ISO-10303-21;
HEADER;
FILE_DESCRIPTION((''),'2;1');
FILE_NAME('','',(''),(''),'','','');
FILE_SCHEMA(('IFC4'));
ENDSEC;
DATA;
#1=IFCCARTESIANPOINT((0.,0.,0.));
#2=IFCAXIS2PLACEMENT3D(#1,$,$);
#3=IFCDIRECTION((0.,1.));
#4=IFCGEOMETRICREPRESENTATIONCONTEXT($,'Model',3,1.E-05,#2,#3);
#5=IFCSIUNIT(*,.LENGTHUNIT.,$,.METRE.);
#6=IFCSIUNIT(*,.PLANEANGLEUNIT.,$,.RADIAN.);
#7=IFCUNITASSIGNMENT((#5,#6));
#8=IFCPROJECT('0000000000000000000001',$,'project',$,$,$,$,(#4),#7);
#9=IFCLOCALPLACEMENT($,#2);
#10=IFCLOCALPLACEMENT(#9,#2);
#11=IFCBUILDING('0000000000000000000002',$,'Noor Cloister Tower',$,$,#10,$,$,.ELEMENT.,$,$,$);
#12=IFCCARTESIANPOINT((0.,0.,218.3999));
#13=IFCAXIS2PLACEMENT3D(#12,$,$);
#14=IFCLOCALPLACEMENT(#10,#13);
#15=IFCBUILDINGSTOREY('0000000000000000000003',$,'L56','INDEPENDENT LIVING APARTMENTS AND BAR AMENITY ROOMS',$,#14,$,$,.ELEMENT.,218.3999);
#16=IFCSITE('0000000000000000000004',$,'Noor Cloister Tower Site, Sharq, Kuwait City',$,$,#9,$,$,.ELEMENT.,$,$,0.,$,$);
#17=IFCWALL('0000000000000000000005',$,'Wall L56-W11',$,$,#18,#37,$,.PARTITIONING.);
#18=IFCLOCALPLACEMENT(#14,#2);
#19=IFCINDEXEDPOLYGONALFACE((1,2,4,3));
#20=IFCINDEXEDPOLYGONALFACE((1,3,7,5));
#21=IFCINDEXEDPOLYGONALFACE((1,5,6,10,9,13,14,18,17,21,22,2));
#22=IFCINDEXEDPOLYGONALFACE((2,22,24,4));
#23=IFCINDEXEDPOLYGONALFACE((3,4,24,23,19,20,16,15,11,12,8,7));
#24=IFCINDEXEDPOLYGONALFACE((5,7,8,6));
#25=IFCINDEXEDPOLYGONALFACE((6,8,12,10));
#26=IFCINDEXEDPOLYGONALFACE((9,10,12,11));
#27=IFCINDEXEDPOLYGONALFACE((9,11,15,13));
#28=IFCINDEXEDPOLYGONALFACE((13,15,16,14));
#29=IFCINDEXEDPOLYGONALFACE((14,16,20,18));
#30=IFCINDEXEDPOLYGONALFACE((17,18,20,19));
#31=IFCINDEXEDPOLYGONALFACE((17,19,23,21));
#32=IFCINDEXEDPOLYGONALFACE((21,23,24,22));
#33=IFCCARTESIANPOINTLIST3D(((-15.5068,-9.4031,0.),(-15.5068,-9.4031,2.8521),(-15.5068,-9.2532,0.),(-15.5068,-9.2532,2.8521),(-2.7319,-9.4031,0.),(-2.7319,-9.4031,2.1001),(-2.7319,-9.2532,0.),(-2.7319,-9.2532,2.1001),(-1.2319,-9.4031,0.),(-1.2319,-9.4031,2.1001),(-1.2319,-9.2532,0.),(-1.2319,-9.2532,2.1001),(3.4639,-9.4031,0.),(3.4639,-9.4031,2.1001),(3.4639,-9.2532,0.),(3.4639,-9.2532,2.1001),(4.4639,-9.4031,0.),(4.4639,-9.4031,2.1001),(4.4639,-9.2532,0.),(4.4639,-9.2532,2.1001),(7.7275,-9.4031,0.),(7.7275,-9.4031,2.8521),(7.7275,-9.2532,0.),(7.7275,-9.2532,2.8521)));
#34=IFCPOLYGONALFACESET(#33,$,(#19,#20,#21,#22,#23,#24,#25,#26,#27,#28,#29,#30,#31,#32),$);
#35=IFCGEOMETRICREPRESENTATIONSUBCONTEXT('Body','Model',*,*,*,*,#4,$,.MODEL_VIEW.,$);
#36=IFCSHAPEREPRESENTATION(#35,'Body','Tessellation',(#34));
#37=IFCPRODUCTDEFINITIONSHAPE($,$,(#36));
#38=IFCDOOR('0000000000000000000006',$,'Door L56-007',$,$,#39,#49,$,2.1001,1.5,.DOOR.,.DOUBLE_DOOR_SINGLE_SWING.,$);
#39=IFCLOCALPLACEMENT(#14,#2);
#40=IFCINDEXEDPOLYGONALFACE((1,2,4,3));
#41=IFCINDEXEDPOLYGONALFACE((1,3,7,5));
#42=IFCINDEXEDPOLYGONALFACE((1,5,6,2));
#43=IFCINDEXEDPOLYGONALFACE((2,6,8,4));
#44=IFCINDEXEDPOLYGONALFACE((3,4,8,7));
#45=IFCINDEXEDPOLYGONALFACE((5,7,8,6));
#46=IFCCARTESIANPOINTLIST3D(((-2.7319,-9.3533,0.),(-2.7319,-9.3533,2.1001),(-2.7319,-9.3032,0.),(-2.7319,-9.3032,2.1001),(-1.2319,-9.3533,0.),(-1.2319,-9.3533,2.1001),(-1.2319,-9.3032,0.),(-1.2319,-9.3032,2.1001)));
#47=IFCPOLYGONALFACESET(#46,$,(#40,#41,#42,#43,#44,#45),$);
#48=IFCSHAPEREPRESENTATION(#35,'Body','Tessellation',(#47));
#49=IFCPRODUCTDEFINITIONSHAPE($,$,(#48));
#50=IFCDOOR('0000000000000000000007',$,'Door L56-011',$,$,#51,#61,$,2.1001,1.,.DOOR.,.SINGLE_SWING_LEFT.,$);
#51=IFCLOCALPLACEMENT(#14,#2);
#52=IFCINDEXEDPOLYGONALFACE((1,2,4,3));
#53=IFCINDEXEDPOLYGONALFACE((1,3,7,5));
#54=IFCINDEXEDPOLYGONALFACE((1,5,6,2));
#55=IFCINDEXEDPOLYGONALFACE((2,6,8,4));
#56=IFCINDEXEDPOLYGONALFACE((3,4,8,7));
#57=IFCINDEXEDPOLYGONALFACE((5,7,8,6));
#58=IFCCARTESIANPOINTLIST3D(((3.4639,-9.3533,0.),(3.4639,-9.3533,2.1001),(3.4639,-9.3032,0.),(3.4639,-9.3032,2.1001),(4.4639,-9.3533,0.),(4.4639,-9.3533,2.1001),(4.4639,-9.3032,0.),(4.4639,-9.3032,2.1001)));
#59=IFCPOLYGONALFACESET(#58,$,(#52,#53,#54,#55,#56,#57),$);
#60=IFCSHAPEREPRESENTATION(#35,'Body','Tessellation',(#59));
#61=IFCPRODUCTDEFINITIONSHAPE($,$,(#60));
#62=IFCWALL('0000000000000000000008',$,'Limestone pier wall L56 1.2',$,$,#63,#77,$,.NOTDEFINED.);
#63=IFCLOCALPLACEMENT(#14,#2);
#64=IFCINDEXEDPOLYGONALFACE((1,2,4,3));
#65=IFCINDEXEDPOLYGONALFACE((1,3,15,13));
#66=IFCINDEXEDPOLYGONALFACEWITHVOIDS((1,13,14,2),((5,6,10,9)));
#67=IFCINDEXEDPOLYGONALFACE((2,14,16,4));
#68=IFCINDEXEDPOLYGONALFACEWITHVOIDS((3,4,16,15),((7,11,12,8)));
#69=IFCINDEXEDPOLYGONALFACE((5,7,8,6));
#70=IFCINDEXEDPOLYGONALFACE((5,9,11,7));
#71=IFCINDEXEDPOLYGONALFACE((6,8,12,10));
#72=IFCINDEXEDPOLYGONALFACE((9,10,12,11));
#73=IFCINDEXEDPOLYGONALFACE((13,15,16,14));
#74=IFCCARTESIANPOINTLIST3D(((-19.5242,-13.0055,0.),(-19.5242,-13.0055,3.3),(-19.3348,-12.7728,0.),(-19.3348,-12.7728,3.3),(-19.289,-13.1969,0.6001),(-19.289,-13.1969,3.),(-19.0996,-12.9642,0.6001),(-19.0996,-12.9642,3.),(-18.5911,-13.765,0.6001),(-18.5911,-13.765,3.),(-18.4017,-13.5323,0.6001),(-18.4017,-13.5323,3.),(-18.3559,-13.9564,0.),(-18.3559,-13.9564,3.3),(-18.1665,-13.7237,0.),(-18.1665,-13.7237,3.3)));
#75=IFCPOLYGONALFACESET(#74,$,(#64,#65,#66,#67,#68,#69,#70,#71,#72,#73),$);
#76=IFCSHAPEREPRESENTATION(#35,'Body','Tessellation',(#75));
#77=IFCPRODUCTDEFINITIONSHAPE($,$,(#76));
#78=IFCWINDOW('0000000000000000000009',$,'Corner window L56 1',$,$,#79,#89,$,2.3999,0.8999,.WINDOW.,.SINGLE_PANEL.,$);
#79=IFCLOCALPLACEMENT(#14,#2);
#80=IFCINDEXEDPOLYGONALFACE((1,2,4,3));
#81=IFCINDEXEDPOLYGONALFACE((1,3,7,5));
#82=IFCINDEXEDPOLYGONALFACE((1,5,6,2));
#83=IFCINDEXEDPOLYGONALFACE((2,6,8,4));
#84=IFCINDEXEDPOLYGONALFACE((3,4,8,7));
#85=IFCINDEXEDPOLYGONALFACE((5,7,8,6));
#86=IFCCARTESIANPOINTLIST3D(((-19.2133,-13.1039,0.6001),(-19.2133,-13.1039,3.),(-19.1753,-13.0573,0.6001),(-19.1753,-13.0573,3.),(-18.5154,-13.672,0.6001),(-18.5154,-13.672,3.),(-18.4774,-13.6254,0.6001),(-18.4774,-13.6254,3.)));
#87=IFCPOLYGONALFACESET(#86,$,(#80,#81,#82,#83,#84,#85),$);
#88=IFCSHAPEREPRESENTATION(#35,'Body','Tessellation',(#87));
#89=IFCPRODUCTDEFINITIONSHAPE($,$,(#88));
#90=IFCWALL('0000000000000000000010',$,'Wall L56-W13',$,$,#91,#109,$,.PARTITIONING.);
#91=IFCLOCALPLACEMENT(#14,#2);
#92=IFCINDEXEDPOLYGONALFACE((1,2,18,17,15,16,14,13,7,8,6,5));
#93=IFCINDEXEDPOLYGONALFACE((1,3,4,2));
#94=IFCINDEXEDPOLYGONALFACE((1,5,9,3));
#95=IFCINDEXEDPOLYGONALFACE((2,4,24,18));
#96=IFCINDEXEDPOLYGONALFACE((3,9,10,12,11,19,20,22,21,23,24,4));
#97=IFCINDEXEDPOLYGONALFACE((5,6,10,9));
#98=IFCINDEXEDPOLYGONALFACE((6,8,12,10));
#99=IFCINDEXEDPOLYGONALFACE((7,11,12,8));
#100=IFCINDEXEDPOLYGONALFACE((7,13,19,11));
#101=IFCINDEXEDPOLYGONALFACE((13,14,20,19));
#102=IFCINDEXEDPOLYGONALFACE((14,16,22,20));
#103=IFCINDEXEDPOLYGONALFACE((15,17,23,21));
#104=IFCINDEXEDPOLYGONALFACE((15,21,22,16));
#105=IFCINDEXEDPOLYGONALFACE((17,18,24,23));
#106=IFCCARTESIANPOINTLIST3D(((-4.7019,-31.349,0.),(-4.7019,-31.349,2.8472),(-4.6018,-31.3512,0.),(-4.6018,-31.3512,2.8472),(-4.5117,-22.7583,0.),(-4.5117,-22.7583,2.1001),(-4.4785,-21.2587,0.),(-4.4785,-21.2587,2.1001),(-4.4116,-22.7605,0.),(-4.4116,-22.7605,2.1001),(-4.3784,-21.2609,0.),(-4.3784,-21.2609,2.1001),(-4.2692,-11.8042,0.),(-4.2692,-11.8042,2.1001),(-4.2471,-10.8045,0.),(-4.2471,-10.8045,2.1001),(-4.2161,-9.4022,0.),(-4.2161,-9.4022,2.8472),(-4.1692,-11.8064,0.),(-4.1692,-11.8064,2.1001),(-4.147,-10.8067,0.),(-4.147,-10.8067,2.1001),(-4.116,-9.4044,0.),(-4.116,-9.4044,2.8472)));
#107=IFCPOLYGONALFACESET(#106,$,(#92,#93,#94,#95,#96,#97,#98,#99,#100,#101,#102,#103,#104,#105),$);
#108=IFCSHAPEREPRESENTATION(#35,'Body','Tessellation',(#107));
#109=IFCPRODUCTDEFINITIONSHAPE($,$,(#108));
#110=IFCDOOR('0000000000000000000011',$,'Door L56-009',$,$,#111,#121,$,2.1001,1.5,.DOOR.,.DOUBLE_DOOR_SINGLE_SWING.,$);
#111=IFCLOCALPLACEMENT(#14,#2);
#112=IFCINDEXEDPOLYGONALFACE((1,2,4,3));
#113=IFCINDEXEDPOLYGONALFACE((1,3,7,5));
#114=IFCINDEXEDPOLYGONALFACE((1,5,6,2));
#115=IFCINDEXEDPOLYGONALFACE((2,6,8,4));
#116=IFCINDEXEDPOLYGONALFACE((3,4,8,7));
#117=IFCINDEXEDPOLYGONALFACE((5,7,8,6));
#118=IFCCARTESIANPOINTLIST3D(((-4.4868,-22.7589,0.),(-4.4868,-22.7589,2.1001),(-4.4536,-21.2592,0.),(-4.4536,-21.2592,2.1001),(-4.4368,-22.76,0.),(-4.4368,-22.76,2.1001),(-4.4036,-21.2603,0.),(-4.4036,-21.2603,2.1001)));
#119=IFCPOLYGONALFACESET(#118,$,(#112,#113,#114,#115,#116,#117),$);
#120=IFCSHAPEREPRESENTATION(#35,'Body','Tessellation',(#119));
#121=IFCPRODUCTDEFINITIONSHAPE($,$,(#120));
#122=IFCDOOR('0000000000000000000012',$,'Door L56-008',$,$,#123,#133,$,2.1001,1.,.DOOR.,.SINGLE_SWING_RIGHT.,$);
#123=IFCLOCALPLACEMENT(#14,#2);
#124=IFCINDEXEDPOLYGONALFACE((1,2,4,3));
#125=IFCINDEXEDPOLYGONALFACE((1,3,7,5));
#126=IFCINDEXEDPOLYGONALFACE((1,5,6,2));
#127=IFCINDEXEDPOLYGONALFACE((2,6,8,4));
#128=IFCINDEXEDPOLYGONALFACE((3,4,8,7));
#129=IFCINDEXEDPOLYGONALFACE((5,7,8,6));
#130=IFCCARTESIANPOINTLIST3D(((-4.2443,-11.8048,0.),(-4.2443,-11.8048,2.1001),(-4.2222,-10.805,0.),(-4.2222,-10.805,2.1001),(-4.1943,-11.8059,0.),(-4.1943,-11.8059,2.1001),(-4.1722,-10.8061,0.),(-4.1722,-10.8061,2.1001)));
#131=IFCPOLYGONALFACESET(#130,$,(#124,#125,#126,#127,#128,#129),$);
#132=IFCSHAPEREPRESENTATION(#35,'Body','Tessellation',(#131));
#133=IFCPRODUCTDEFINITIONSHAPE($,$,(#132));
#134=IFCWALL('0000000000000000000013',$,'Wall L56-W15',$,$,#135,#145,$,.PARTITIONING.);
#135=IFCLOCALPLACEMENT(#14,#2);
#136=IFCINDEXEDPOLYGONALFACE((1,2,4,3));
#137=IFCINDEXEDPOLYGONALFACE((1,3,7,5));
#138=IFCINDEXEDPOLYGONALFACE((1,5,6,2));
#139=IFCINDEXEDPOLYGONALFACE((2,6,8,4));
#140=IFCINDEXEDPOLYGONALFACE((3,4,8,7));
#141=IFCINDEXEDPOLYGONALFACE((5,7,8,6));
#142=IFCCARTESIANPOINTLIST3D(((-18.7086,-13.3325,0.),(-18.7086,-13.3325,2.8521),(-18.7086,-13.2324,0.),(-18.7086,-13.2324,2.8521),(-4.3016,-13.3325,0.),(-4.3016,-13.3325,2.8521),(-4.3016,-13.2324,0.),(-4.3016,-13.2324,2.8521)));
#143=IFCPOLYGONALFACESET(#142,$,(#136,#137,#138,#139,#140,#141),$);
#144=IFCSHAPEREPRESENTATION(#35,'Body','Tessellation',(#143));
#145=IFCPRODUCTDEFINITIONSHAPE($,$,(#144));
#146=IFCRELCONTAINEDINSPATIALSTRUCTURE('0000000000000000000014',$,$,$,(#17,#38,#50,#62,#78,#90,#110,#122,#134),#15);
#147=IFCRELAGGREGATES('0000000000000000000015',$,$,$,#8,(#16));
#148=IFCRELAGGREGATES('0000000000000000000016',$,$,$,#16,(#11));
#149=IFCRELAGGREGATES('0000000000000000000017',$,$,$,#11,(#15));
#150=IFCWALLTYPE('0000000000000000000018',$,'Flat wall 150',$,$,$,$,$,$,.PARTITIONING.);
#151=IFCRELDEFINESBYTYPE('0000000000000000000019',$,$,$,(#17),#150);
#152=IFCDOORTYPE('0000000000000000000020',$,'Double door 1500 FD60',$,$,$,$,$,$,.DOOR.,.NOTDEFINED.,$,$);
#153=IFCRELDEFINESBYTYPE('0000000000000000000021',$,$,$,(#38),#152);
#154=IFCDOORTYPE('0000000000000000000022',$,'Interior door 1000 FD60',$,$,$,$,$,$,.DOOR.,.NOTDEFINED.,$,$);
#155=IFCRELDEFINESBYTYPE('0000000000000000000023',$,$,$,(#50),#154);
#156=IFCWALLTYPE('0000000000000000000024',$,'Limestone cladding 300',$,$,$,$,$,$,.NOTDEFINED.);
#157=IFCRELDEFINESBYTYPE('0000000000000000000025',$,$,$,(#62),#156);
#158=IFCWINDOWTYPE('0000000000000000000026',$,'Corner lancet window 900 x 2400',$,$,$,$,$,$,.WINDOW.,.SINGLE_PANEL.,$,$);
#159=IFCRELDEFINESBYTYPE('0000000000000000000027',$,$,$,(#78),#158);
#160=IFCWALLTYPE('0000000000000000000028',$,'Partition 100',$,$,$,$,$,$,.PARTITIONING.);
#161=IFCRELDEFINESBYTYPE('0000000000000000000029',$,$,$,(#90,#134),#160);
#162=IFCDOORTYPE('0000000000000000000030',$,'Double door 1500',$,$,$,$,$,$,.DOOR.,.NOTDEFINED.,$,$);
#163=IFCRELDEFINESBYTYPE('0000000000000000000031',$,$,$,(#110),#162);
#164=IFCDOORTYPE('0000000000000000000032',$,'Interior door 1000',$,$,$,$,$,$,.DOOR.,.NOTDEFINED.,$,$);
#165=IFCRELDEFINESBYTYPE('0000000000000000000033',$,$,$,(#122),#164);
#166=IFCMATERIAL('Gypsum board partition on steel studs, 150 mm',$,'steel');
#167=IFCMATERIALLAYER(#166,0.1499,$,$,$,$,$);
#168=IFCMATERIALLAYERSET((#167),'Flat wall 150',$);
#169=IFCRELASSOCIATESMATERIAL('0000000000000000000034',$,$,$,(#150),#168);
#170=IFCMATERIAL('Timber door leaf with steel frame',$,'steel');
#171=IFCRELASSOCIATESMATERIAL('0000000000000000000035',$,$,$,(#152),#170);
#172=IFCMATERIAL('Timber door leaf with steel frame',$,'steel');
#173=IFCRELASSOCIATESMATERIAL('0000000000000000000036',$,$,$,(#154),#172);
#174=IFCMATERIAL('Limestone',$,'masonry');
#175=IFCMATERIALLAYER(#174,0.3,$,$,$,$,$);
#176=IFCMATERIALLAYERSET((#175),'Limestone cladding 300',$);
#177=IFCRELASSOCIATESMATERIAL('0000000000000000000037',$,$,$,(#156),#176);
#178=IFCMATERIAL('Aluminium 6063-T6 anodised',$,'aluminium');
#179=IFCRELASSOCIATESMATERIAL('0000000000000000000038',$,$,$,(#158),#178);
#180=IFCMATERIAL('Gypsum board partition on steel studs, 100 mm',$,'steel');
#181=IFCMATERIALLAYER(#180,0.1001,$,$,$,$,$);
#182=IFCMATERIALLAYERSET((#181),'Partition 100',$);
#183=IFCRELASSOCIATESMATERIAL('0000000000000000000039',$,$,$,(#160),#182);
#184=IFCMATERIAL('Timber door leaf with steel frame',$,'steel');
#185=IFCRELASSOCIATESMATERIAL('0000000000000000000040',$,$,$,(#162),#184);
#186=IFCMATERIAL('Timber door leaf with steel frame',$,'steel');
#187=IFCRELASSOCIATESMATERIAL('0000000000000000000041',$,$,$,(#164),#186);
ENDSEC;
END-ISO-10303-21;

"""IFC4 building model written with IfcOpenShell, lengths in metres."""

from ifc_helpers import new_model, si_unit, direction, frame, frame_2d, origin, place, context, subcontext, project, spatial, rectangle, extrude, material, layer, layer_set, type_object, element, fill, save


model = new_model("IFC4")

# Units and contexts
model_context = context("Model", 3, precision=1e-05, world=origin(), true_north=direction((0.0, 1.0)))
body_context = subcontext(model_context, "Body", "Model", "MODEL_VIEW")
ifc_project = project(units=[si_unit("LENGTHUNIT", "METRE"), si_unit("PLANEANGLEUNIT", "RADIAN")], contexts=[model_context])

# Site, building, storey
site_placement = place(None, origin())
site = spatial("IfcSite", under=ifc_project, at=site_placement, Name="Noor Cloister Tower Site, Sharq, Kuwait City", CompositionType="ELEMENT", RefElevation=0.0)
building_placement = place(site_placement, origin())
building = spatial("IfcBuilding", under=site, at=building_placement, Name="Noor Cloister Tower", CompositionType="ELEMENT")
storey_placement = place(building_placement, frame((0.0, 0.0, 218.3999)))
storey = spatial("IfcBuildingStorey", under=building, at=storey_placement, Name="L56", Description="INDEPENDENT LIVING APARTMENTS AND BAR AMENITY ROOMS", CompositionType="ELEMENT", Elevation=218.3999)

# Wall, openings, doors
ifc_material_1 = material(Name="Gypsum board partition on steel studs, 150 mm", Category="steel")
ifc_layer_1 = layer(ifc_material_1, 0.1499)
ifc_layer_set_1 = layer_set([ifc_layer_1], Name="Flat wall 150")
wall_type_1 = type_object("IfcWallType", Name="Flat wall 150", PredefinedType="PARTITIONING", material=ifc_layer_set_1)
wall_1_placement = place(storey_placement, frame((-15.5068, -9.3281, 0.0), z_axis=(0.0, 0.0, 1.0), x_axis=(1.0, 0.0, 0.0)))
wall_1 = element("IfcWall", 1, at=wall_1_placement, inside=storey, type_object=wall_type_1, Name="Wall L56-W11", PredefinedType="PARTITIONING", context=body_context, shape_type="SweptSolid", body=[
    extrude(rectangle(XDim=23.2344, YDim=0.1499, at=frame_2d((11.6172, 0.0))), origin(), (0.0, 0.0, 1.0), 2.8521),
])
opening_1_placement = place(wall_1_placement, frame((12.7749, 0.0, 0.0)))
opening_1 = element("IfcOpeningElement", 2, at=opening_1_placement, cuts=wall_1, PredefinedType="OPENING", context=body_context, shape_type="SweptSolid", body=[
    extrude(rectangle(XDim=1.5, YDim=2.1001, at=frame_2d((0.75, 1.05))), frame((0.0, 0.085, 0.0), z_axis=(0.0, -1.0, 0.0), x_axis=(1.0, 0.0, 0.0)), (0.0, 0.0, 1.0), 0.1699),
])
opening_2_placement = place(wall_1_placement, frame((18.9707, 0.0, 0.0)))
opening_2 = element("IfcOpeningElement", 3, at=opening_2_placement, cuts=wall_1, PredefinedType="OPENING", context=body_context, shape_type="SweptSolid", body=[
    extrude(rectangle(XDim=1.0, YDim=2.1001, at=frame_2d((0.5, 1.05))), frame((0.0, 0.085, 0.0), z_axis=(0.0, -1.0, 0.0), x_axis=(1.0, 0.0, 0.0)), (0.0, 0.0, 1.0), 0.1699),
])
ifc_material_2 = material(Name="Timber door leaf with steel frame", Category="steel")
door_type_1 = type_object("IfcDoorType", Name="Double door 1500 FD60", OperationType="NOTDEFINED", PredefinedType="DOOR", material=ifc_material_2)
door_1_placement = place(opening_1_placement, origin())
door_1 = element("IfcDoor", 4, at=door_1_placement, inside=storey, type_object=door_type_1, Name="Door L56-007", OperationType="DOUBLE_DOOR_SINGLE_SWING", OverallHeight=2.1001, OverallWidth=1.5, PredefinedType="DOOR", context=body_context, shape_type="SweptSolid", body=[
    extrude(rectangle(XDim=1.5, YDim=2.1001, at=frame_2d((0.75, 1.05))), frame((0.0, 0.0249, 0.0), z_axis=(0.0, -1.0, 0.0), x_axis=(1.0, 0.0, 0.0)), (0.0, 0.0, 1.0), 0.05),
])
fill(opening_1, door_1)
ifc_material_3 = material(Name="Timber door leaf with steel frame", Category="steel")
door_type_2 = type_object("IfcDoorType", Name="Interior door 1000 FD60", OperationType="NOTDEFINED", PredefinedType="DOOR", material=ifc_material_3)
door_2_placement = place(opening_2_placement, origin())
door_2 = element("IfcDoor", 5, at=door_2_placement, inside=storey, type_object=door_type_2, Name="Door L56-011", OperationType="SINGLE_SWING_LEFT", OverallHeight=2.1001, OverallWidth=1.0, PredefinedType="DOOR", context=body_context, shape_type="SweptSolid", body=[
    extrude(rectangle(XDim=1.0, YDim=2.1001, at=frame_2d((0.5, 1.05))), frame((0.0, 0.0249, 0.0), z_axis=(0.0, -1.0, 0.0), x_axis=(1.0, 0.0, 0.0)), (0.0, 0.0, 1.0), 0.05),
])
fill(opening_2, door_2)

# Wall, opening, window
ifc_material_4 = material(Name="Limestone", Category="masonry")
ifc_layer_2 = layer(ifc_material_4, 0.3)
ifc_layer_set_2 = layer_set([ifc_layer_2], Name="Limestone cladding 300")
wall_type_2 = type_object("IfcWallType", Name="Limestone cladding 300", PredefinedType="NOTDEFINED", material=ifc_layer_set_2)
wall_2_placement = place(storey_placement, frame((-18.2612, -13.8401, 0.0), z_axis=(0.0, 0.0, 1.0), x_axis=(-0.775544, 0.631294, 0.0)))
wall_2 = element("IfcWall", 6, at=wall_2_placement, inside=storey, type_object=wall_type_2, Name="Limestone pier wall L56 1.2", PredefinedType="NOTDEFINED", context=body_context, shape_type="SweptSolid", body=[
    extrude(rectangle(XDim=1.5063, YDim=0.3, at=frame_2d((0.7532, 0.0))), origin(), (0.0, 0.0, 1.0), 3.3),
])
opening_3_placement = place(wall_2_placement, frame((0.3032, 0.0, 0.6001)))
opening_3 = element("IfcOpeningElement", 7, at=opening_3_placement, cuts=wall_2, PredefinedType="OPENING", context=body_context, shape_type="SweptSolid", body=[
    extrude(rectangle(XDim=0.8999, YDim=2.3999, at=frame_2d((0.45, 1.2))), frame((0.0, 0.1602, 0.0), z_axis=(0.0, -1.0, 0.0), x_axis=(1.0, 0.0, 0.0)), (0.0, 0.0, 1.0), 0.3201),
])
ifc_material_5 = material(Name="Aluminium 6063-T6 anodised", Category="aluminium")
window_type = type_object("IfcWindowType", Name="Corner lancet window 900 x 2400", PartitioningType="SINGLE_PANEL", PredefinedType="WINDOW", material=ifc_material_5)
window_placement = place(opening_3_placement, origin())
window = element("IfcWindow", 8, at=window_placement, inside=storey, type_object=window_type, Name="Corner window L56 1", OverallHeight=2.3999, OverallWidth=0.8999, PartitioningType="SINGLE_PANEL", PredefinedType="WINDOW", context=body_context, shape_type="SweptSolid", body=[
    extrude(rectangle(XDim=0.8999, YDim=2.3999, at=frame_2d((0.45, 1.2))), frame((0.0, 0.03, 0.0), z_axis=(0.0, -1.0, 0.0), x_axis=(1.0, 0.0, 0.0)), (0.0, 0.0, 1.0), 0.0601),
])
fill(opening_3, window)

# Wall, openings, doors
ifc_material_6 = material(Name="Gypsum board partition on steel studs, 100 mm", Category="steel")
ifc_layer_3 = layer(ifc_material_6, 0.1001)
ifc_layer_set_3 = layer_set([ifc_layer_3], Name="Partition 100")
wall_type_3 = type_object("IfcWallType", Name="Partition 100", PredefinedType="PARTITIONING", material=ifc_layer_set_3)
wall_3_placement = place(storey_placement, frame((-4.166, -9.4033, 0.0), z_axis=(0.0, 0.0, 1.0), x_axis=(-0.022132, -0.999755, 0.0)))
wall_3 = element("IfcWall", 9, at=wall_3_placement, inside=storey, type_object=wall_type_3, Name="Wall L56-W13", PredefinedType="PARTITIONING", context=body_context, shape_type="SweptSolid", body=[
    extrude(rectangle(XDim=21.9521, YDim=0.1001, at=frame_2d((10.9761, 0.0))), origin(), (0.0, 0.0, 1.0), 2.8472),
])
opening_4_placement = place(wall_3_placement, frame((1.4026, 0.0, 0.0)))
opening_4 = element("IfcOpeningElement", 10, at=opening_4_placement, cuts=wall_3, PredefinedType="OPENING", context=body_context, shape_type="SweptSolid", body=[
    extrude(rectangle(XDim=1.0, YDim=2.1001, at=frame_2d((0.5, 1.05))), frame((0.0, 0.0601, 0.0), z_axis=(0.0, -1.0, 0.0), x_axis=(1.0, 0.0, 0.0)), (0.0, 0.0, 1.0), 0.1201),
])
opening_5_placement = place(wall_3_placement, frame((11.8594, 0.0, 0.0)))
opening_5 = element("IfcOpeningElement", 11, at=opening_5_placement, cuts=wall_3, PredefinedType="OPENING", context=body_context, shape_type="SweptSolid", body=[
    extrude(rectangle(XDim=1.5, YDim=2.1001, at=frame_2d((0.75, 1.05))), frame((0.0, 0.0601, 0.0), z_axis=(0.0, -1.0, 0.0), x_axis=(1.0, 0.0, 0.0)), (0.0, 0.0, 1.0), 0.1201),
])
ifc_material_7 = material(Name="Timber door leaf with steel frame", Category="steel")
door_type_3 = type_object("IfcDoorType", Name="Double door 1500", OperationType="NOTDEFINED", PredefinedType="DOOR", material=ifc_material_7)
door_3_placement = place(opening_5_placement, origin())
door_3 = element("IfcDoor", 12, at=door_3_placement, inside=storey, type_object=door_type_3, Name="Door L56-009", OperationType="DOUBLE_DOOR_SINGLE_SWING", OverallHeight=2.1001, OverallWidth=1.5, PredefinedType="DOOR", context=body_context, shape_type="SweptSolid", body=[
    extrude(rectangle(XDim=1.5, YDim=2.1001, at=frame_2d((0.75, 1.05))), frame((0.0, 0.0249, 0.0), z_axis=(0.0, -1.0, 0.0), x_axis=(1.0, 0.0, 0.0)), (0.0, 0.0, 1.0), 0.05),
])
fill(opening_5, door_3)
ifc_material_8 = material(Name="Timber door leaf with steel frame", Category="steel")
door_type_4 = type_object("IfcDoorType", Name="Interior door 1000", OperationType="NOTDEFINED", PredefinedType="DOOR", material=ifc_material_8)
door_4_placement = place(opening_4_placement, origin())
door_4 = element("IfcDoor", 13, at=door_4_placement, inside=storey, type_object=door_type_4, Name="Door L56-008", OperationType="SINGLE_SWING_RIGHT", OverallHeight=2.1001, OverallWidth=1.0, PredefinedType="DOOR", context=body_context, shape_type="SweptSolid", body=[
    extrude(rectangle(XDim=1.0, YDim=2.1001, at=frame_2d((0.5, 1.05))), frame((0.0, 0.0249, 0.0), z_axis=(0.0, -1.0, 0.0), x_axis=(1.0, 0.0, 0.0)), (0.0, 0.0, 1.0), 0.05),
])
fill(opening_4, door_4)

# Wall
wall_4_placement = place(storey_placement, frame((-18.7087, -13.2825, 0.0), z_axis=(0.0, 0.0, 1.0), x_axis=(1.0, 0.0, 0.0)))
element("IfcWall", 14, at=wall_4_placement, inside=storey, type_object=wall_type_3, Name="Wall L56-W15", PredefinedType="PARTITIONING", context=body_context, shape_type="SweptSolid", body=[
    extrude(rectangle(XDim=14.407, YDim=0.1001, at=frame_2d((7.2036, 0.0))), origin(), (0.0, 0.0, 1.0), 2.8521),
])

save(model, "model.ifc")
